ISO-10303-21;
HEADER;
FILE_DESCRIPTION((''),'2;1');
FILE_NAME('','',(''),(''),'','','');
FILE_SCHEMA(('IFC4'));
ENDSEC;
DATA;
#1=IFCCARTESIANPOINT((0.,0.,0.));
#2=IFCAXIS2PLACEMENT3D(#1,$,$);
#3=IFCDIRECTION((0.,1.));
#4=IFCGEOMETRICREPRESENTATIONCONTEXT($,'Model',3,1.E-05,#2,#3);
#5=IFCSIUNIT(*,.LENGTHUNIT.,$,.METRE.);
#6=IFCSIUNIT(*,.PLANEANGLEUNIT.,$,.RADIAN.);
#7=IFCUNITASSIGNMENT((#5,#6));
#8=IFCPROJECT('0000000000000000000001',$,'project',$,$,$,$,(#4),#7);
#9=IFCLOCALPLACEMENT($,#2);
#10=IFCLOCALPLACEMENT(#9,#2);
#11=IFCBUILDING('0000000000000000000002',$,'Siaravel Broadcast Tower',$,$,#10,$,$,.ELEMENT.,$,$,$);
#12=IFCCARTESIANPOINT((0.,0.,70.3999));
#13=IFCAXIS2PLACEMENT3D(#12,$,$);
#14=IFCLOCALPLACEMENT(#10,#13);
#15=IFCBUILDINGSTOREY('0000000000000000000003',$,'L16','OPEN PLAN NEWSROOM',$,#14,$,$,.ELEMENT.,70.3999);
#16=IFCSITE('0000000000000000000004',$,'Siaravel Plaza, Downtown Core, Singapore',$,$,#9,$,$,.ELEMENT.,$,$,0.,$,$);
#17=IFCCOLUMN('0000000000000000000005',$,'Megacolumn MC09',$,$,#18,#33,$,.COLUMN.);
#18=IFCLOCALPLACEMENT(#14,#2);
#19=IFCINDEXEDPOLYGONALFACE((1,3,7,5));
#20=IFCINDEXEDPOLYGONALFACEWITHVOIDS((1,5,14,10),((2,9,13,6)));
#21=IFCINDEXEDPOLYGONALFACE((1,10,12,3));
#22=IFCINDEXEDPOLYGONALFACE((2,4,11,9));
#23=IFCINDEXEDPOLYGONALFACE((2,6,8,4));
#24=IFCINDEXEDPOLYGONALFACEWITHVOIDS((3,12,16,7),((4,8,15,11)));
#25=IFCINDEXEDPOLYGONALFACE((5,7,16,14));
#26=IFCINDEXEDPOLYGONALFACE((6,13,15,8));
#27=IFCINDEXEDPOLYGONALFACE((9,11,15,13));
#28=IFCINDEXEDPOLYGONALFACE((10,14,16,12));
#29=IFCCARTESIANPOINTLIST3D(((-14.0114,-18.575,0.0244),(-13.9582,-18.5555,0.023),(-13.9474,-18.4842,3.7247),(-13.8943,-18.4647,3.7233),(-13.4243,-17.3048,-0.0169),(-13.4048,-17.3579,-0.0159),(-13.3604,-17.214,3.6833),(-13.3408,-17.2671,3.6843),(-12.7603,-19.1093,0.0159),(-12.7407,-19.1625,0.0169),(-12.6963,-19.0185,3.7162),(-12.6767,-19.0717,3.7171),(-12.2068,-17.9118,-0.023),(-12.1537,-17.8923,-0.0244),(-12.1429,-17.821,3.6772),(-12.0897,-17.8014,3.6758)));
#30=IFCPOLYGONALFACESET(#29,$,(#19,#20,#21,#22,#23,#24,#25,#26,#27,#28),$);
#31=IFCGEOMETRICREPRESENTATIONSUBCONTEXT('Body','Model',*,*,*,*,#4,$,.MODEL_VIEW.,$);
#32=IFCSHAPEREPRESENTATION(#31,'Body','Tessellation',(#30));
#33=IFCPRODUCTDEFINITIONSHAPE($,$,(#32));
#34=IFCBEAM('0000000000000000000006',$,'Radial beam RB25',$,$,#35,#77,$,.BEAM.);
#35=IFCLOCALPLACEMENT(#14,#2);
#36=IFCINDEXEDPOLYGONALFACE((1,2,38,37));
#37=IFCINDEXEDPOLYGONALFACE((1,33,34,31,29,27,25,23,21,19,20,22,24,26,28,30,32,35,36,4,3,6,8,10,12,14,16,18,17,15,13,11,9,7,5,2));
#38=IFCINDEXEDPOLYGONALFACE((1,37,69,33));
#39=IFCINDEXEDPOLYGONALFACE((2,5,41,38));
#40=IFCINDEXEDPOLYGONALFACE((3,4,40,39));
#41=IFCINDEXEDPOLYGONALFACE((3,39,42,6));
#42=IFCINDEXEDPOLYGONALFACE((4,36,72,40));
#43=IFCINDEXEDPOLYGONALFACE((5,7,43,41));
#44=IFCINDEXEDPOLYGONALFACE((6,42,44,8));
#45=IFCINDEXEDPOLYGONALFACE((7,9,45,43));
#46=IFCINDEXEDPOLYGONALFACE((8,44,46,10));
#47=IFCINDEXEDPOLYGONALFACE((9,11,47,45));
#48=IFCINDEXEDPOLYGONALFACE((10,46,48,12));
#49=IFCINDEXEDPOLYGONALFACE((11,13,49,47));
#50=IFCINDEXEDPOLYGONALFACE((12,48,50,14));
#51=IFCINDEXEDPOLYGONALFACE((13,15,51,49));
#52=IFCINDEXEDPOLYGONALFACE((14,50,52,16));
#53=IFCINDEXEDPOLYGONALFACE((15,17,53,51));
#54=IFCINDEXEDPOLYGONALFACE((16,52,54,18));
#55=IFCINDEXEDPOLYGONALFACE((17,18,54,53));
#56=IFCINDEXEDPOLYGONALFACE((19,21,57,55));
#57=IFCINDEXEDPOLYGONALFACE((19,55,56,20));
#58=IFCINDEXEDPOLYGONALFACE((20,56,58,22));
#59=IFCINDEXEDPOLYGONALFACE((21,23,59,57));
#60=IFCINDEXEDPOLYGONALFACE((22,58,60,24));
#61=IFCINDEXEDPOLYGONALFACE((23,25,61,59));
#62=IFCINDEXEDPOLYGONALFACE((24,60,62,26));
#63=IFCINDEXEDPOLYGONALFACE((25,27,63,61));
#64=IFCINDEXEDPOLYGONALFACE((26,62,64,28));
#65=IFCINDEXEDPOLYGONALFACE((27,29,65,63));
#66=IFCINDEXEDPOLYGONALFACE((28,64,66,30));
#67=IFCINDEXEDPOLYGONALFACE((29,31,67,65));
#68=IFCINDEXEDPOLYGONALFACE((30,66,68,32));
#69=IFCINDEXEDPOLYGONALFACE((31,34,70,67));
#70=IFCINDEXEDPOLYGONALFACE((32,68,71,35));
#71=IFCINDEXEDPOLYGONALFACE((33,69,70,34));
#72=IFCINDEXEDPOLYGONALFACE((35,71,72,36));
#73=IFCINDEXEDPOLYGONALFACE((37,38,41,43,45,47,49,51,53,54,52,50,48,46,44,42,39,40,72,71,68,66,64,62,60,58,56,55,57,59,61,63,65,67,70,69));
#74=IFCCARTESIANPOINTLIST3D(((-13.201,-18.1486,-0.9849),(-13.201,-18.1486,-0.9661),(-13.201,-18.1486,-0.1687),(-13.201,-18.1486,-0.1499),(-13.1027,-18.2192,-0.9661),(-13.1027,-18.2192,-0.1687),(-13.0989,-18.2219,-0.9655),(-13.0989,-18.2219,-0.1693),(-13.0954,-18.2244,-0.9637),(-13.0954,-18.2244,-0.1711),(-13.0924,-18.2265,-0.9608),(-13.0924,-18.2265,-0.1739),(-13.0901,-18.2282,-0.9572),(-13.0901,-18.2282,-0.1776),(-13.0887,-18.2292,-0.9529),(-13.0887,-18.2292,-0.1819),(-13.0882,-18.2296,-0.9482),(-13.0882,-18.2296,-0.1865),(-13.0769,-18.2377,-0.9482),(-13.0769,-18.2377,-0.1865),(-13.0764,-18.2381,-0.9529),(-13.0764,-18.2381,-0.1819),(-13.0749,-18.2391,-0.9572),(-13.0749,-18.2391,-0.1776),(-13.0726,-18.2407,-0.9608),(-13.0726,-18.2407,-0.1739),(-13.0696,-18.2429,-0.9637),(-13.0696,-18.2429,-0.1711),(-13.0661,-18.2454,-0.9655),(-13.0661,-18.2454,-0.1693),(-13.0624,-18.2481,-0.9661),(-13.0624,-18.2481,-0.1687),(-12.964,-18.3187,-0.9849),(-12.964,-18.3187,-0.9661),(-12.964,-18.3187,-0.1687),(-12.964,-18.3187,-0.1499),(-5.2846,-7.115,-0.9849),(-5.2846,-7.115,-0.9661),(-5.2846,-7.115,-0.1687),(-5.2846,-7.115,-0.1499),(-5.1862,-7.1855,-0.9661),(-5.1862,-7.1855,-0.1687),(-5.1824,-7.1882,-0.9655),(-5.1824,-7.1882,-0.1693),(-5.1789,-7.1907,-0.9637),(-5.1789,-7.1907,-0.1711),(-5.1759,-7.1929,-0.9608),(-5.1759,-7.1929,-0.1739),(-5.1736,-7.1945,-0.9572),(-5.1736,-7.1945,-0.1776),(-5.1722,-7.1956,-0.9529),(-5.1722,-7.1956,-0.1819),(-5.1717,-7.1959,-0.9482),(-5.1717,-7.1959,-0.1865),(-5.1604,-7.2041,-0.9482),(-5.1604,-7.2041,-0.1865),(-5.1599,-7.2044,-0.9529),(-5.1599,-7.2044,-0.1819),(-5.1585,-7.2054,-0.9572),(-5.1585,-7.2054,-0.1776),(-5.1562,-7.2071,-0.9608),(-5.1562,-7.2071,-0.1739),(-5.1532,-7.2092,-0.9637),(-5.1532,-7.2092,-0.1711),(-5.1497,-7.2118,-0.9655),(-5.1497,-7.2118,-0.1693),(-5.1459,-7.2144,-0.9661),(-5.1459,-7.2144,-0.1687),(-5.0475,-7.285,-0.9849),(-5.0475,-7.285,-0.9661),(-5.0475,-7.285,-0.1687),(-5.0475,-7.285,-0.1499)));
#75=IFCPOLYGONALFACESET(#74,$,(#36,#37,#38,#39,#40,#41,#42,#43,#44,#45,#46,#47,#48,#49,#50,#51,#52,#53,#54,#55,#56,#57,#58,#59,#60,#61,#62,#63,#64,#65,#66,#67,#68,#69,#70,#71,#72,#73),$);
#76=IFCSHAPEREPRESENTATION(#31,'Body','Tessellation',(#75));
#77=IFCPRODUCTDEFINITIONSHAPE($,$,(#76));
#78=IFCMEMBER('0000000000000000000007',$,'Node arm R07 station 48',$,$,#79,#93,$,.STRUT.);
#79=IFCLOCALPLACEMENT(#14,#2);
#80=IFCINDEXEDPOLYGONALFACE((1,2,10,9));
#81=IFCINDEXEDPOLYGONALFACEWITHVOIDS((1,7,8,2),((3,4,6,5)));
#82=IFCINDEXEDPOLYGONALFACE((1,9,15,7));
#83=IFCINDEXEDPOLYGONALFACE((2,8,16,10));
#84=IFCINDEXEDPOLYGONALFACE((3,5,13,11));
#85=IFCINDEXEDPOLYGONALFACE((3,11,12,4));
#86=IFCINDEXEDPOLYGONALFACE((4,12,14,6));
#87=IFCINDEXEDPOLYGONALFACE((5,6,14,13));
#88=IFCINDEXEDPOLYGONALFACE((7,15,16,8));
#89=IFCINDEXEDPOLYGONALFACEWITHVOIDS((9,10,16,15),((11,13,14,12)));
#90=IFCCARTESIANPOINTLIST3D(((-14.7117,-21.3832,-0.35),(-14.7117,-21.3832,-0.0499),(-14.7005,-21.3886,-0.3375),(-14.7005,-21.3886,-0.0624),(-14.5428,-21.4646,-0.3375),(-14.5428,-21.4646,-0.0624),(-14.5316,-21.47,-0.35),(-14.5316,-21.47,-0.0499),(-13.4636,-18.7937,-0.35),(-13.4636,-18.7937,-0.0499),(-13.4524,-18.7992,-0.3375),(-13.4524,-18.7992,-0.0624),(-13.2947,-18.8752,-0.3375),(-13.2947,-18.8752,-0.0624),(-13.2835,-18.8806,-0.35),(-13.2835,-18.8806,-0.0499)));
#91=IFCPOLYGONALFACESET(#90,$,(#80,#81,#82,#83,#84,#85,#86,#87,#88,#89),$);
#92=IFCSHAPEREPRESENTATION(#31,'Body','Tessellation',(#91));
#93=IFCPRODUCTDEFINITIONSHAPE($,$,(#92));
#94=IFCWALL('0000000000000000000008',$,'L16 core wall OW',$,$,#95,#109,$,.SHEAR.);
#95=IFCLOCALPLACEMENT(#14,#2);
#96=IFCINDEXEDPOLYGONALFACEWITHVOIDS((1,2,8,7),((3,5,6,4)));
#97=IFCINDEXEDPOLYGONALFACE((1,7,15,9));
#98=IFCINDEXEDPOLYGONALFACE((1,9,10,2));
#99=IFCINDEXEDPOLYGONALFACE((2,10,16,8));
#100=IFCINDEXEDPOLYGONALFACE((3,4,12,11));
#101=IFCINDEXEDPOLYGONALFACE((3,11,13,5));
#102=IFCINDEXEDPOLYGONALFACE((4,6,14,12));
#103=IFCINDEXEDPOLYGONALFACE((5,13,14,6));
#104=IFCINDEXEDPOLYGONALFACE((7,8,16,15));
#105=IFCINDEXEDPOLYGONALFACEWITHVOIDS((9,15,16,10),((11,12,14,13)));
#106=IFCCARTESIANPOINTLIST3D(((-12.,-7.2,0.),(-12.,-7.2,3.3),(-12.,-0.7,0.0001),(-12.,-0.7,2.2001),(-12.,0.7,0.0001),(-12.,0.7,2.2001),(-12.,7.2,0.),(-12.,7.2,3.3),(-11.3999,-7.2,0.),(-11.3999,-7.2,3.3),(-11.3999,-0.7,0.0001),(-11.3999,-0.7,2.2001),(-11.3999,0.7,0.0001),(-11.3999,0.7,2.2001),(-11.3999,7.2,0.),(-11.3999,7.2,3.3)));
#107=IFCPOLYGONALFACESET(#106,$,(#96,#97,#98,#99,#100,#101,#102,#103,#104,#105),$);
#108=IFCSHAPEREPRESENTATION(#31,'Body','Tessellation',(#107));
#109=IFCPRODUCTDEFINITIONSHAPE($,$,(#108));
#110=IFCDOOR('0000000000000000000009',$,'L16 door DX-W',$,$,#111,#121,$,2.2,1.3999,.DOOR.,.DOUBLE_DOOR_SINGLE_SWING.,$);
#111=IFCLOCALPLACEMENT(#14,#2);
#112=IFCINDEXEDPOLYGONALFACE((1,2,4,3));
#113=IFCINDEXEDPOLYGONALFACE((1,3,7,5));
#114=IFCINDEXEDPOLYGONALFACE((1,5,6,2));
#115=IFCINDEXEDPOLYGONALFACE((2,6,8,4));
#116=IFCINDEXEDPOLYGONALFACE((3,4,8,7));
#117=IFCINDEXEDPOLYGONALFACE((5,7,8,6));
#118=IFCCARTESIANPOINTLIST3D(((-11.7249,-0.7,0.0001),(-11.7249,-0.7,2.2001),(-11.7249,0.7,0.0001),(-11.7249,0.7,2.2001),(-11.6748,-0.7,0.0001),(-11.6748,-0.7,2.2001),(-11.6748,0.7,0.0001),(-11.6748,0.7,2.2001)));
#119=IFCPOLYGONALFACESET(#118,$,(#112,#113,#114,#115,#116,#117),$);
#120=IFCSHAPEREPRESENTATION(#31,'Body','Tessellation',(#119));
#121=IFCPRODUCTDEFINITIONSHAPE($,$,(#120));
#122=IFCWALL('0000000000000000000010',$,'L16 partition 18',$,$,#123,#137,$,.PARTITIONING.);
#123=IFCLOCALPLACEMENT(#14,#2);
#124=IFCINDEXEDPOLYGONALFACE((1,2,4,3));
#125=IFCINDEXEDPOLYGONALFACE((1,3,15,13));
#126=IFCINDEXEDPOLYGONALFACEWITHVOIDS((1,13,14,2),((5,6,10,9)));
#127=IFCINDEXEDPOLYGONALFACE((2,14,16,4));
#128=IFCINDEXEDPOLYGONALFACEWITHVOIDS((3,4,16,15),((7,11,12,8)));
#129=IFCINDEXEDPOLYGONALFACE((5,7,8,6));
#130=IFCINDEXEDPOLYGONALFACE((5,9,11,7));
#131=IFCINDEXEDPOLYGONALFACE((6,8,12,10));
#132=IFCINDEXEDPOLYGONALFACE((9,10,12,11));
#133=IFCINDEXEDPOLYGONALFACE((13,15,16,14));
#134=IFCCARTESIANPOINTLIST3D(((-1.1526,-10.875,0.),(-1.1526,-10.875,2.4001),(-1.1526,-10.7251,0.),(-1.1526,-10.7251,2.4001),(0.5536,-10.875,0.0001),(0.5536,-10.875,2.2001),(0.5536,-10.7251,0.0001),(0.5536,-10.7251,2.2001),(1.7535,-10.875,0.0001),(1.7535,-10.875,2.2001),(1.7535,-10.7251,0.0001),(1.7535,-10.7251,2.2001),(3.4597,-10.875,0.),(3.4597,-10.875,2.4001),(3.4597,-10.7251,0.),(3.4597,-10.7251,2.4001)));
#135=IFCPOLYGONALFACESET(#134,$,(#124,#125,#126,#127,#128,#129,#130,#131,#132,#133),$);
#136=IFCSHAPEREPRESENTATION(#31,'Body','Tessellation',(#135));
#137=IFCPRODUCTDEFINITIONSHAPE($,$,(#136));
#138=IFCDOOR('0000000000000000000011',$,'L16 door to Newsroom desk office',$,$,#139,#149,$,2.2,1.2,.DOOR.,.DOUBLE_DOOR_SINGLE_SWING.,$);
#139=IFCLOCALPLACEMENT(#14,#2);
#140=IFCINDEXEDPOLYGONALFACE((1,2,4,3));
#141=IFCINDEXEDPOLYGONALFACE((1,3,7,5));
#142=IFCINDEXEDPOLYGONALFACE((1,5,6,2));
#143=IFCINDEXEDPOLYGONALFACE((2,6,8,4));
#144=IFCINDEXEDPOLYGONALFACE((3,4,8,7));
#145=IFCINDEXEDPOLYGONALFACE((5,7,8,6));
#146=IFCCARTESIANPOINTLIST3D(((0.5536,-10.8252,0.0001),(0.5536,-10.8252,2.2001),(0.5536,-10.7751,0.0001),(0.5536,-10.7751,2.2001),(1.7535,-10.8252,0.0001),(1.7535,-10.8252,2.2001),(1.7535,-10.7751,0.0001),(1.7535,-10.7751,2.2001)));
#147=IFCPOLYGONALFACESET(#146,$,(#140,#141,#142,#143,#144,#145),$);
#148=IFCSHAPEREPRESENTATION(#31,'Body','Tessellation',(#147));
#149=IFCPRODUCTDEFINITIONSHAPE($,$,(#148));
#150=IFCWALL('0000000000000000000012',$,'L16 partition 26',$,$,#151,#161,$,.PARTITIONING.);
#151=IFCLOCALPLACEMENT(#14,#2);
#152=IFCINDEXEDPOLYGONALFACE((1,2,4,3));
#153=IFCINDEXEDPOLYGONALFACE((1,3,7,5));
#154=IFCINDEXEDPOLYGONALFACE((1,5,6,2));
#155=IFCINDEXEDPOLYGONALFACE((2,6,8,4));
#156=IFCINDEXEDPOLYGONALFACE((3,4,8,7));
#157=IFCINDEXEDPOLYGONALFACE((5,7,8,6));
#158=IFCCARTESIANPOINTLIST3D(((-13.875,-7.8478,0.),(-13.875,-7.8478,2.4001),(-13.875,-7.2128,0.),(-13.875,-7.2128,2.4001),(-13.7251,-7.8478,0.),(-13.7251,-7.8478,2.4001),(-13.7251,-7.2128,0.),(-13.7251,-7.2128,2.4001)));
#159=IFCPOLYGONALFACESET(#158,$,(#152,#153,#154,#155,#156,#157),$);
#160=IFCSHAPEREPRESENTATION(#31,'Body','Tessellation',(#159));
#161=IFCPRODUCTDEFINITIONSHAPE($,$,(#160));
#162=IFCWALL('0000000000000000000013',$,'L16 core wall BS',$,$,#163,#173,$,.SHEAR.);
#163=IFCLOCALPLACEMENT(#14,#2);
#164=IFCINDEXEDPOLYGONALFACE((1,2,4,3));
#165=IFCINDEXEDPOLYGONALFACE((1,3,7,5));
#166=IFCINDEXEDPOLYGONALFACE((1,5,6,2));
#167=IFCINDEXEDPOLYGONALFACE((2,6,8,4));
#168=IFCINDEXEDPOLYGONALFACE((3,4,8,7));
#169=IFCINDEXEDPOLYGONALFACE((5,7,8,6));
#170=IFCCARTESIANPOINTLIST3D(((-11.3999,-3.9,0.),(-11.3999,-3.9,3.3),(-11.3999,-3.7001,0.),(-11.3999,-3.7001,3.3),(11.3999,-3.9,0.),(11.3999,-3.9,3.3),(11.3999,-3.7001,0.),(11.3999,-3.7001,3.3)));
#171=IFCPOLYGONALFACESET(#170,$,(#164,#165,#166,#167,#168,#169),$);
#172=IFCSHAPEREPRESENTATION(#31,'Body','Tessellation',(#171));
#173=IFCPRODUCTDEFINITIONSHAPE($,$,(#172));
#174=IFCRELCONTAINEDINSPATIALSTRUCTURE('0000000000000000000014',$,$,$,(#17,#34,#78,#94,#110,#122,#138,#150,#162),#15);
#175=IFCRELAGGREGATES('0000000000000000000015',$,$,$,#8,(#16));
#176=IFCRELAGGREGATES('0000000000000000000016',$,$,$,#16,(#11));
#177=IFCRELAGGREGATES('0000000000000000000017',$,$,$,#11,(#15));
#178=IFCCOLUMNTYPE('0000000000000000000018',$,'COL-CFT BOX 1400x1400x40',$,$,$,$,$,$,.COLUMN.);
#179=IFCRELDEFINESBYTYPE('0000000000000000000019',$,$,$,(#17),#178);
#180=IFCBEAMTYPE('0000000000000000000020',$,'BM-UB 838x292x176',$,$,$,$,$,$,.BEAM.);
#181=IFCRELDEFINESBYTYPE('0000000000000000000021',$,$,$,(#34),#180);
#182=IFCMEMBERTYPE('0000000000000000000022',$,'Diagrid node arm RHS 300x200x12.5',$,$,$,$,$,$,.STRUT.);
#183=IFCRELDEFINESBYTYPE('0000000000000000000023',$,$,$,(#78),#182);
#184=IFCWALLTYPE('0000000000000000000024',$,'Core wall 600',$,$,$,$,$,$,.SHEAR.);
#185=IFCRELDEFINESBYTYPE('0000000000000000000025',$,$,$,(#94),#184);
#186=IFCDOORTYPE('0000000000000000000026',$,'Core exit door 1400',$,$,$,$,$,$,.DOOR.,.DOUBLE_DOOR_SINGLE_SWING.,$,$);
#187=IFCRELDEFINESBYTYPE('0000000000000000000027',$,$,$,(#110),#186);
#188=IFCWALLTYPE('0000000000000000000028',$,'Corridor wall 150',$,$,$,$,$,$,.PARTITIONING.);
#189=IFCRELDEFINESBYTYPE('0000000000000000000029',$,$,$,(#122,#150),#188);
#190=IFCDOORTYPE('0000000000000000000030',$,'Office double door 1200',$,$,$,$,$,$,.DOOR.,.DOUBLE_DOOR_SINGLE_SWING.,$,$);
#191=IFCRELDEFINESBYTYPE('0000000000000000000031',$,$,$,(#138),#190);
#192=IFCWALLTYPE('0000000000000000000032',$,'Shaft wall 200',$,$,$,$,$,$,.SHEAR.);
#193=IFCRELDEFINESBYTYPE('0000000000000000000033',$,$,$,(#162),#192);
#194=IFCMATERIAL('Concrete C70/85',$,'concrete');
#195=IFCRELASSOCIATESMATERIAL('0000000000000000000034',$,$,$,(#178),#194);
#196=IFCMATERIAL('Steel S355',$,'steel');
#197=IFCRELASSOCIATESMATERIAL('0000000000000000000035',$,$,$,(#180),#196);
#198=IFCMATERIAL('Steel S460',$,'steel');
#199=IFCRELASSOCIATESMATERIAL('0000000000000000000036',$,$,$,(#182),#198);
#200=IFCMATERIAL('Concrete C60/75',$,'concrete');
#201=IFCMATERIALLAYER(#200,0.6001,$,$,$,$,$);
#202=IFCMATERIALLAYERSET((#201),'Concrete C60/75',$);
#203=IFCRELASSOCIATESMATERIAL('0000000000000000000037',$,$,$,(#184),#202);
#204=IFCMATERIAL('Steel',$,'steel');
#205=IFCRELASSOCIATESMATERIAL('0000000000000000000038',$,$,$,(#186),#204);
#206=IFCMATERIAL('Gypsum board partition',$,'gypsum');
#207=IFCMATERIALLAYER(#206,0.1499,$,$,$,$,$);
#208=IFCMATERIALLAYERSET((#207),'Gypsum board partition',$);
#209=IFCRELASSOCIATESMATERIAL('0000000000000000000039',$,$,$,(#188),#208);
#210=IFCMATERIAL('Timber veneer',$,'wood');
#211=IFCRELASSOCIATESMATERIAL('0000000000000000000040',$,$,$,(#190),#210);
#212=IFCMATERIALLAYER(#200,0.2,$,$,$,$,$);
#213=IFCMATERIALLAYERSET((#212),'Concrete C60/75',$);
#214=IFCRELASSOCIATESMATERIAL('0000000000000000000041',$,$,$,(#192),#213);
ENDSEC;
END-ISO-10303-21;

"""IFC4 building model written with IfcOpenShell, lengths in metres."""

from ifc_helpers import new_model, si_unit, direction, frame, frame_2d, origin, origin_2d, place, context, subcontext, project, spatial, rectangle, hollow_rectangle, i_section, extrude, material, layer, layer_set, material_profile, profile_set, type_object, element, fill, save


model = new_model("IFC4")

# Units and contexts
model_context = context("Model", 3, precision=1e-05, world=origin(), true_north=direction((0.0, 1.0)))
body_context = subcontext(model_context, "Body", "Model", "MODEL_VIEW")
ifc_project = project(units=[si_unit("LENGTHUNIT", "METRE"), si_unit("PLANEANGLEUNIT", "RADIAN")], contexts=[model_context])

# Site, building, storey
site_placement = place(None, origin())
site = spatial("IfcSite", under=ifc_project, at=site_placement, Name="Siaravel Plaza, Downtown Core, Singapore", CompositionType="ELEMENT", RefElevation=0.0)
building_placement = place(site_placement, origin())
building = spatial("IfcBuilding", under=site, at=building_placement, Name="Siaravel Broadcast Tower", CompositionType="ELEMENT")
storey_placement = place(building_placement, frame((0.0, 0.0, 70.3999)))
storey = spatial("IfcBuildingStorey", under=building, at=storey_placement, Name="L16", Description="OPEN PLAN NEWSROOM", CompositionType="ELEMENT", Elevation=70.3999)

# Column
ifc_material_1 = material(Name="Concrete C70/85", Category="concrete")
ifc_material_profile_1 = material_profile(ifc_material_1, hollow_rectangle(XDim=1.3999, YDim=1.3999, WallThickness=0.04, at=origin_2d()))
ifc_profile_set_1 = profile_set([ifc_material_profile_1], Name="Concrete C70/85")
column_type = type_object("IfcColumnType", Name="COL-CFT BOX 1400x1400x40", PredefinedType="COLUMN", material=ifc_profile_set_1)
column_placement = place(storey_placement, frame((-13.0825, -18.2336, 0.0), z_axis=(0.017279, 0.024534, 0.99955), x_axis=(-0.907672, 0.419646, 0.005391)))
element("IfcColumn", 1, at=column_placement, inside=storey, type_object=column_type, Name="Megacolumn MC09", PredefinedType="COLUMN", context=body_context, shape_type="SweptSolid", body=[
    extrude(hollow_rectangle(XDim=1.3999, YDim=1.3999, WallThickness=0.04, at=origin_2d()), origin(), (0.0, 0.0, 1.0), 3.7019),
])

# Beam
ifc_material_2 = material(Name="Steel S355", Category="steel")
ifc_material_profile_2 = material_profile(ifc_material_2, i_section(OverallWidth=0.2917, OverallDepth=0.835, WebThickness=0.0139, FlangeThickness=0.0188, FilletRadius=0.0178, at=origin_2d()))
ifc_profile_set_2 = profile_set([ifc_material_profile_2], Name="Steel S355")
beam_type = type_object("IfcBeamType", Name="BM-UB 838x292x176", PredefinedType="BEAM", material=ifc_profile_set_2)
beam_placement = place(storey_placement, frame((-13.0825, -18.2336, -0.5674), z_axis=(0.582958, 0.812502, 0.0), x_axis=(-0.812502, 0.582958, 0.0)))
element("IfcBeam", 2, at=beam_placement, inside=storey, type_object=beam_type, Name="Radial beam RB25", PredefinedType="BEAM", context=body_context, shape_type="SweptSolid", body=[
    extrude(i_section(OverallWidth=0.2917, OverallDepth=0.835, WebThickness=0.0139, FlangeThickness=0.0188, FilletRadius=0.0178, at=origin_2d()), origin(), (0.0, 0.0, 1.0), 13.5798),
])

# Member
ifc_material_3 = material(Name="Steel S460", Category="steel")
ifc_material_profile_3 = material_profile(ifc_material_3, hollow_rectangle(XDim=0.2, YDim=0.3, WallThickness=0.0125, at=origin_2d()))
ifc_profile_set_3 = profile_set([ifc_material_profile_3], Name="Steel S460")
member_type = type_object("IfcMemberType", Name="Diagrid node arm RHS 300x200x12.5", PredefinedType="STRUT", material=ifc_profile_set_3)
member_placement = place(storey_placement, frame((-13.3735, -18.8372, -0.2), z_axis=(-0.434188, -0.900822, 0.0), x_axis=(0.900822, -0.434188, 0.0)))
element("IfcMember", 3, at=member_placement, inside=storey, type_object=member_type, Name="Node arm R07 station 48", PredefinedType="STRUT", context=body_context, shape_type="SweptSolid", body=[
    extrude(hollow_rectangle(XDim=0.2, YDim=0.3, WallThickness=0.0125, at=origin_2d()), origin(), (0.0, 0.0, 1.0), 2.8745),
])

# Wall, opening, door
ifc_material_4 = material(Name="Concrete C60/75", Category="concrete")
ifc_layer_1 = layer(ifc_material_4, 0.6001)
ifc_layer_set_1 = layer_set([ifc_layer_1], Name="Concrete C60/75")
wall_type_1 = type_object("IfcWallType", Name="Core wall 600", PredefinedType="SHEAR", material=ifc_layer_set_1)
wall_1_placement = place(storey_placement, frame((-11.7, -7.2, 0.0), z_axis=(0.0, 0.0, 1.0), x_axis=(0.0, 1.0, 0.0)))
wall_1 = element("IfcWall", 4, at=wall_1_placement, inside=storey, type_object=wall_type_1, Name="L16 core wall OW", PredefinedType="SHEAR", context=body_context, shape_type="SweptSolid", body=[
    extrude(rectangle(XDim=14.3999, YDim=0.6001, at=frame_2d((7.2, 0.0))), origin(), (0.0, 0.0, 1.0), 3.3),
])
opening_1_placement = place(wall_1_placement, frame((6.5, 0.0, 0.0)))
opening_1 = element("IfcOpeningElement", 5, at=opening_1_placement, cuts=wall_1, PredefinedType="OPENING", context=body_context, shape_type="SweptSolid", body=[
    extrude(rectangle(XDim=1.3999, YDim=2.2, at=frame_2d((0.7, 1.1001))), frame((0.0, 0.3101, 0.0), z_axis=(0.0, -1.0, 0.0), x_axis=(1.0, 0.0, 0.0)), (0.0, 0.0, 1.0), 0.6201),
])
ifc_material_5 = material(Name="Steel", Category="steel")
door_type_1 = type_object("IfcDoorType", Name="Core exit door 1400", OperationType="DOUBLE_DOOR_SINGLE_SWING", PredefinedType="DOOR", material=ifc_material_5)
door_1_placement = place(opening_1_placement, origin())
door_1 = element("IfcDoor", 6, at=door_1_placement, inside=storey, type_object=door_type_1, Name="L16 door DX-W", OperationType="DOUBLE_DOOR_SINGLE_SWING", OverallHeight=2.2, OverallWidth=1.3999, PredefinedType="DOOR", context=body_context, shape_type="SweptSolid", body=[
    extrude(rectangle(XDim=1.3999, YDim=2.2, at=frame_2d((0.7, 1.1001))), frame((0.0, 0.0249, 0.0), z_axis=(0.0, -1.0, 0.0), x_axis=(1.0, 0.0, 0.0)), (0.0, 0.0, 1.0), 0.05),
])
fill(opening_1, door_1)

# Wall, opening, door
ifc_material_6 = material(Name="Gypsum board partition", Category="gypsum")
ifc_layer_2 = layer(ifc_material_6, 0.1499)
ifc_layer_set_2 = layer_set([ifc_layer_2], Name="Gypsum board partition")
wall_type_2 = type_object("IfcWallType", Name="Corridor wall 150", PredefinedType="PARTITIONING", material=ifc_layer_set_2)
wall_2_placement = place(storey_placement, frame((-1.1526, -10.8, 0.0), z_axis=(0.0, 0.0, 1.0), x_axis=(1.0, 0.0, 0.0)))
wall_2 = element("IfcWall", 7, at=wall_2_placement, inside=storey, type_object=wall_type_2, Name="L16 partition 18", PredefinedType="PARTITIONING", context=body_context, shape_type="SweptSolid", body=[
    extrude(rectangle(XDim=4.6123, YDim=0.1499, at=frame_2d((2.3062, 0.0))), origin(), (0.0, 0.0, 1.0), 2.4001),
])
opening_2_placement = place(wall_2_placement, frame((1.7061, 0.0, 0.0)))
opening_2 = element("IfcOpeningElement", 8, at=opening_2_placement, cuts=wall_2, PredefinedType="OPENING", context=body_context, shape_type="SweptSolid", body=[
    extrude(rectangle(XDim=1.2, YDim=2.2, at=frame_2d((0.6001, 1.1001))), frame((0.0, 0.085, 0.0), z_axis=(0.0, -1.0, 0.0), x_axis=(1.0, 0.0, 0.0)), (0.0, 0.0, 1.0), 0.1699),
])
ifc_material_7 = material(Name="Timber veneer", Category="wood")
door_type_2 = type_object("IfcDoorType", Name="Office double door 1200", OperationType="DOUBLE_DOOR_SINGLE_SWING", PredefinedType="DOOR", material=ifc_material_7)
door_2_placement = place(opening_2_placement, origin())
door_2 = element("IfcDoor", 9, at=door_2_placement, inside=storey, type_object=door_type_2, Name="L16 door to Newsroom desk office", OperationType="DOUBLE_DOOR_SINGLE_SWING", OverallHeight=2.2, OverallWidth=1.2, PredefinedType="DOOR", context=body_context, shape_type="SweptSolid", body=[
    extrude(rectangle(XDim=1.2, YDim=2.2, at=frame_2d((0.6001, 1.1001))), frame((0.0, 0.0249, 0.0), z_axis=(0.0, -1.0, 0.0), x_axis=(1.0, 0.0, 0.0)), (0.0, 0.0, 1.0), 0.05),
])
fill(opening_2, door_2)

# Walls
wall_3_placement = place(storey_placement, frame((-13.8, -7.2129, 0.0), z_axis=(0.0, 0.0, 1.0), x_axis=(0.0, -1.0, 0.0)))
element("IfcWall", 10, at=wall_3_placement, inside=storey, type_object=wall_type_2, Name="L16 partition 26", PredefinedType="PARTITIONING", context=body_context, shape_type="SweptSolid", body=[
    extrude(rectangle(XDim=0.635, YDim=0.1499, at=frame_2d((0.3174, 0.0))), origin(), (0.0, 0.0, 1.0), 2.4001),
])
ifc_layer_3 = layer(ifc_material_4, 0.2)
ifc_layer_set_3 = layer_set([ifc_layer_3], Name="Concrete C60/75")
wall_type_3 = type_object("IfcWallType", Name="Shaft wall 200", PredefinedType="SHEAR", material=ifc_layer_set_3)
wall_4_placement = place(storey_placement, frame((-11.3999, -3.8, 0.0), z_axis=(0.0, 0.0, 1.0), x_axis=(1.0, 0.0, 0.0)))
element("IfcWall", 11, at=wall_4_placement, inside=storey, type_object=wall_type_3, Name="L16 core wall BS", PredefinedType="SHEAR", context=body_context, shape_type="SweptSolid", body=[
    extrude(rectangle(XDim=22.7998, YDim=0.2, at=frame_2d((11.3999, 0.0))), origin(), (0.0, 0.0, 1.0), 3.3),
])

save(model, "model.ifc")
